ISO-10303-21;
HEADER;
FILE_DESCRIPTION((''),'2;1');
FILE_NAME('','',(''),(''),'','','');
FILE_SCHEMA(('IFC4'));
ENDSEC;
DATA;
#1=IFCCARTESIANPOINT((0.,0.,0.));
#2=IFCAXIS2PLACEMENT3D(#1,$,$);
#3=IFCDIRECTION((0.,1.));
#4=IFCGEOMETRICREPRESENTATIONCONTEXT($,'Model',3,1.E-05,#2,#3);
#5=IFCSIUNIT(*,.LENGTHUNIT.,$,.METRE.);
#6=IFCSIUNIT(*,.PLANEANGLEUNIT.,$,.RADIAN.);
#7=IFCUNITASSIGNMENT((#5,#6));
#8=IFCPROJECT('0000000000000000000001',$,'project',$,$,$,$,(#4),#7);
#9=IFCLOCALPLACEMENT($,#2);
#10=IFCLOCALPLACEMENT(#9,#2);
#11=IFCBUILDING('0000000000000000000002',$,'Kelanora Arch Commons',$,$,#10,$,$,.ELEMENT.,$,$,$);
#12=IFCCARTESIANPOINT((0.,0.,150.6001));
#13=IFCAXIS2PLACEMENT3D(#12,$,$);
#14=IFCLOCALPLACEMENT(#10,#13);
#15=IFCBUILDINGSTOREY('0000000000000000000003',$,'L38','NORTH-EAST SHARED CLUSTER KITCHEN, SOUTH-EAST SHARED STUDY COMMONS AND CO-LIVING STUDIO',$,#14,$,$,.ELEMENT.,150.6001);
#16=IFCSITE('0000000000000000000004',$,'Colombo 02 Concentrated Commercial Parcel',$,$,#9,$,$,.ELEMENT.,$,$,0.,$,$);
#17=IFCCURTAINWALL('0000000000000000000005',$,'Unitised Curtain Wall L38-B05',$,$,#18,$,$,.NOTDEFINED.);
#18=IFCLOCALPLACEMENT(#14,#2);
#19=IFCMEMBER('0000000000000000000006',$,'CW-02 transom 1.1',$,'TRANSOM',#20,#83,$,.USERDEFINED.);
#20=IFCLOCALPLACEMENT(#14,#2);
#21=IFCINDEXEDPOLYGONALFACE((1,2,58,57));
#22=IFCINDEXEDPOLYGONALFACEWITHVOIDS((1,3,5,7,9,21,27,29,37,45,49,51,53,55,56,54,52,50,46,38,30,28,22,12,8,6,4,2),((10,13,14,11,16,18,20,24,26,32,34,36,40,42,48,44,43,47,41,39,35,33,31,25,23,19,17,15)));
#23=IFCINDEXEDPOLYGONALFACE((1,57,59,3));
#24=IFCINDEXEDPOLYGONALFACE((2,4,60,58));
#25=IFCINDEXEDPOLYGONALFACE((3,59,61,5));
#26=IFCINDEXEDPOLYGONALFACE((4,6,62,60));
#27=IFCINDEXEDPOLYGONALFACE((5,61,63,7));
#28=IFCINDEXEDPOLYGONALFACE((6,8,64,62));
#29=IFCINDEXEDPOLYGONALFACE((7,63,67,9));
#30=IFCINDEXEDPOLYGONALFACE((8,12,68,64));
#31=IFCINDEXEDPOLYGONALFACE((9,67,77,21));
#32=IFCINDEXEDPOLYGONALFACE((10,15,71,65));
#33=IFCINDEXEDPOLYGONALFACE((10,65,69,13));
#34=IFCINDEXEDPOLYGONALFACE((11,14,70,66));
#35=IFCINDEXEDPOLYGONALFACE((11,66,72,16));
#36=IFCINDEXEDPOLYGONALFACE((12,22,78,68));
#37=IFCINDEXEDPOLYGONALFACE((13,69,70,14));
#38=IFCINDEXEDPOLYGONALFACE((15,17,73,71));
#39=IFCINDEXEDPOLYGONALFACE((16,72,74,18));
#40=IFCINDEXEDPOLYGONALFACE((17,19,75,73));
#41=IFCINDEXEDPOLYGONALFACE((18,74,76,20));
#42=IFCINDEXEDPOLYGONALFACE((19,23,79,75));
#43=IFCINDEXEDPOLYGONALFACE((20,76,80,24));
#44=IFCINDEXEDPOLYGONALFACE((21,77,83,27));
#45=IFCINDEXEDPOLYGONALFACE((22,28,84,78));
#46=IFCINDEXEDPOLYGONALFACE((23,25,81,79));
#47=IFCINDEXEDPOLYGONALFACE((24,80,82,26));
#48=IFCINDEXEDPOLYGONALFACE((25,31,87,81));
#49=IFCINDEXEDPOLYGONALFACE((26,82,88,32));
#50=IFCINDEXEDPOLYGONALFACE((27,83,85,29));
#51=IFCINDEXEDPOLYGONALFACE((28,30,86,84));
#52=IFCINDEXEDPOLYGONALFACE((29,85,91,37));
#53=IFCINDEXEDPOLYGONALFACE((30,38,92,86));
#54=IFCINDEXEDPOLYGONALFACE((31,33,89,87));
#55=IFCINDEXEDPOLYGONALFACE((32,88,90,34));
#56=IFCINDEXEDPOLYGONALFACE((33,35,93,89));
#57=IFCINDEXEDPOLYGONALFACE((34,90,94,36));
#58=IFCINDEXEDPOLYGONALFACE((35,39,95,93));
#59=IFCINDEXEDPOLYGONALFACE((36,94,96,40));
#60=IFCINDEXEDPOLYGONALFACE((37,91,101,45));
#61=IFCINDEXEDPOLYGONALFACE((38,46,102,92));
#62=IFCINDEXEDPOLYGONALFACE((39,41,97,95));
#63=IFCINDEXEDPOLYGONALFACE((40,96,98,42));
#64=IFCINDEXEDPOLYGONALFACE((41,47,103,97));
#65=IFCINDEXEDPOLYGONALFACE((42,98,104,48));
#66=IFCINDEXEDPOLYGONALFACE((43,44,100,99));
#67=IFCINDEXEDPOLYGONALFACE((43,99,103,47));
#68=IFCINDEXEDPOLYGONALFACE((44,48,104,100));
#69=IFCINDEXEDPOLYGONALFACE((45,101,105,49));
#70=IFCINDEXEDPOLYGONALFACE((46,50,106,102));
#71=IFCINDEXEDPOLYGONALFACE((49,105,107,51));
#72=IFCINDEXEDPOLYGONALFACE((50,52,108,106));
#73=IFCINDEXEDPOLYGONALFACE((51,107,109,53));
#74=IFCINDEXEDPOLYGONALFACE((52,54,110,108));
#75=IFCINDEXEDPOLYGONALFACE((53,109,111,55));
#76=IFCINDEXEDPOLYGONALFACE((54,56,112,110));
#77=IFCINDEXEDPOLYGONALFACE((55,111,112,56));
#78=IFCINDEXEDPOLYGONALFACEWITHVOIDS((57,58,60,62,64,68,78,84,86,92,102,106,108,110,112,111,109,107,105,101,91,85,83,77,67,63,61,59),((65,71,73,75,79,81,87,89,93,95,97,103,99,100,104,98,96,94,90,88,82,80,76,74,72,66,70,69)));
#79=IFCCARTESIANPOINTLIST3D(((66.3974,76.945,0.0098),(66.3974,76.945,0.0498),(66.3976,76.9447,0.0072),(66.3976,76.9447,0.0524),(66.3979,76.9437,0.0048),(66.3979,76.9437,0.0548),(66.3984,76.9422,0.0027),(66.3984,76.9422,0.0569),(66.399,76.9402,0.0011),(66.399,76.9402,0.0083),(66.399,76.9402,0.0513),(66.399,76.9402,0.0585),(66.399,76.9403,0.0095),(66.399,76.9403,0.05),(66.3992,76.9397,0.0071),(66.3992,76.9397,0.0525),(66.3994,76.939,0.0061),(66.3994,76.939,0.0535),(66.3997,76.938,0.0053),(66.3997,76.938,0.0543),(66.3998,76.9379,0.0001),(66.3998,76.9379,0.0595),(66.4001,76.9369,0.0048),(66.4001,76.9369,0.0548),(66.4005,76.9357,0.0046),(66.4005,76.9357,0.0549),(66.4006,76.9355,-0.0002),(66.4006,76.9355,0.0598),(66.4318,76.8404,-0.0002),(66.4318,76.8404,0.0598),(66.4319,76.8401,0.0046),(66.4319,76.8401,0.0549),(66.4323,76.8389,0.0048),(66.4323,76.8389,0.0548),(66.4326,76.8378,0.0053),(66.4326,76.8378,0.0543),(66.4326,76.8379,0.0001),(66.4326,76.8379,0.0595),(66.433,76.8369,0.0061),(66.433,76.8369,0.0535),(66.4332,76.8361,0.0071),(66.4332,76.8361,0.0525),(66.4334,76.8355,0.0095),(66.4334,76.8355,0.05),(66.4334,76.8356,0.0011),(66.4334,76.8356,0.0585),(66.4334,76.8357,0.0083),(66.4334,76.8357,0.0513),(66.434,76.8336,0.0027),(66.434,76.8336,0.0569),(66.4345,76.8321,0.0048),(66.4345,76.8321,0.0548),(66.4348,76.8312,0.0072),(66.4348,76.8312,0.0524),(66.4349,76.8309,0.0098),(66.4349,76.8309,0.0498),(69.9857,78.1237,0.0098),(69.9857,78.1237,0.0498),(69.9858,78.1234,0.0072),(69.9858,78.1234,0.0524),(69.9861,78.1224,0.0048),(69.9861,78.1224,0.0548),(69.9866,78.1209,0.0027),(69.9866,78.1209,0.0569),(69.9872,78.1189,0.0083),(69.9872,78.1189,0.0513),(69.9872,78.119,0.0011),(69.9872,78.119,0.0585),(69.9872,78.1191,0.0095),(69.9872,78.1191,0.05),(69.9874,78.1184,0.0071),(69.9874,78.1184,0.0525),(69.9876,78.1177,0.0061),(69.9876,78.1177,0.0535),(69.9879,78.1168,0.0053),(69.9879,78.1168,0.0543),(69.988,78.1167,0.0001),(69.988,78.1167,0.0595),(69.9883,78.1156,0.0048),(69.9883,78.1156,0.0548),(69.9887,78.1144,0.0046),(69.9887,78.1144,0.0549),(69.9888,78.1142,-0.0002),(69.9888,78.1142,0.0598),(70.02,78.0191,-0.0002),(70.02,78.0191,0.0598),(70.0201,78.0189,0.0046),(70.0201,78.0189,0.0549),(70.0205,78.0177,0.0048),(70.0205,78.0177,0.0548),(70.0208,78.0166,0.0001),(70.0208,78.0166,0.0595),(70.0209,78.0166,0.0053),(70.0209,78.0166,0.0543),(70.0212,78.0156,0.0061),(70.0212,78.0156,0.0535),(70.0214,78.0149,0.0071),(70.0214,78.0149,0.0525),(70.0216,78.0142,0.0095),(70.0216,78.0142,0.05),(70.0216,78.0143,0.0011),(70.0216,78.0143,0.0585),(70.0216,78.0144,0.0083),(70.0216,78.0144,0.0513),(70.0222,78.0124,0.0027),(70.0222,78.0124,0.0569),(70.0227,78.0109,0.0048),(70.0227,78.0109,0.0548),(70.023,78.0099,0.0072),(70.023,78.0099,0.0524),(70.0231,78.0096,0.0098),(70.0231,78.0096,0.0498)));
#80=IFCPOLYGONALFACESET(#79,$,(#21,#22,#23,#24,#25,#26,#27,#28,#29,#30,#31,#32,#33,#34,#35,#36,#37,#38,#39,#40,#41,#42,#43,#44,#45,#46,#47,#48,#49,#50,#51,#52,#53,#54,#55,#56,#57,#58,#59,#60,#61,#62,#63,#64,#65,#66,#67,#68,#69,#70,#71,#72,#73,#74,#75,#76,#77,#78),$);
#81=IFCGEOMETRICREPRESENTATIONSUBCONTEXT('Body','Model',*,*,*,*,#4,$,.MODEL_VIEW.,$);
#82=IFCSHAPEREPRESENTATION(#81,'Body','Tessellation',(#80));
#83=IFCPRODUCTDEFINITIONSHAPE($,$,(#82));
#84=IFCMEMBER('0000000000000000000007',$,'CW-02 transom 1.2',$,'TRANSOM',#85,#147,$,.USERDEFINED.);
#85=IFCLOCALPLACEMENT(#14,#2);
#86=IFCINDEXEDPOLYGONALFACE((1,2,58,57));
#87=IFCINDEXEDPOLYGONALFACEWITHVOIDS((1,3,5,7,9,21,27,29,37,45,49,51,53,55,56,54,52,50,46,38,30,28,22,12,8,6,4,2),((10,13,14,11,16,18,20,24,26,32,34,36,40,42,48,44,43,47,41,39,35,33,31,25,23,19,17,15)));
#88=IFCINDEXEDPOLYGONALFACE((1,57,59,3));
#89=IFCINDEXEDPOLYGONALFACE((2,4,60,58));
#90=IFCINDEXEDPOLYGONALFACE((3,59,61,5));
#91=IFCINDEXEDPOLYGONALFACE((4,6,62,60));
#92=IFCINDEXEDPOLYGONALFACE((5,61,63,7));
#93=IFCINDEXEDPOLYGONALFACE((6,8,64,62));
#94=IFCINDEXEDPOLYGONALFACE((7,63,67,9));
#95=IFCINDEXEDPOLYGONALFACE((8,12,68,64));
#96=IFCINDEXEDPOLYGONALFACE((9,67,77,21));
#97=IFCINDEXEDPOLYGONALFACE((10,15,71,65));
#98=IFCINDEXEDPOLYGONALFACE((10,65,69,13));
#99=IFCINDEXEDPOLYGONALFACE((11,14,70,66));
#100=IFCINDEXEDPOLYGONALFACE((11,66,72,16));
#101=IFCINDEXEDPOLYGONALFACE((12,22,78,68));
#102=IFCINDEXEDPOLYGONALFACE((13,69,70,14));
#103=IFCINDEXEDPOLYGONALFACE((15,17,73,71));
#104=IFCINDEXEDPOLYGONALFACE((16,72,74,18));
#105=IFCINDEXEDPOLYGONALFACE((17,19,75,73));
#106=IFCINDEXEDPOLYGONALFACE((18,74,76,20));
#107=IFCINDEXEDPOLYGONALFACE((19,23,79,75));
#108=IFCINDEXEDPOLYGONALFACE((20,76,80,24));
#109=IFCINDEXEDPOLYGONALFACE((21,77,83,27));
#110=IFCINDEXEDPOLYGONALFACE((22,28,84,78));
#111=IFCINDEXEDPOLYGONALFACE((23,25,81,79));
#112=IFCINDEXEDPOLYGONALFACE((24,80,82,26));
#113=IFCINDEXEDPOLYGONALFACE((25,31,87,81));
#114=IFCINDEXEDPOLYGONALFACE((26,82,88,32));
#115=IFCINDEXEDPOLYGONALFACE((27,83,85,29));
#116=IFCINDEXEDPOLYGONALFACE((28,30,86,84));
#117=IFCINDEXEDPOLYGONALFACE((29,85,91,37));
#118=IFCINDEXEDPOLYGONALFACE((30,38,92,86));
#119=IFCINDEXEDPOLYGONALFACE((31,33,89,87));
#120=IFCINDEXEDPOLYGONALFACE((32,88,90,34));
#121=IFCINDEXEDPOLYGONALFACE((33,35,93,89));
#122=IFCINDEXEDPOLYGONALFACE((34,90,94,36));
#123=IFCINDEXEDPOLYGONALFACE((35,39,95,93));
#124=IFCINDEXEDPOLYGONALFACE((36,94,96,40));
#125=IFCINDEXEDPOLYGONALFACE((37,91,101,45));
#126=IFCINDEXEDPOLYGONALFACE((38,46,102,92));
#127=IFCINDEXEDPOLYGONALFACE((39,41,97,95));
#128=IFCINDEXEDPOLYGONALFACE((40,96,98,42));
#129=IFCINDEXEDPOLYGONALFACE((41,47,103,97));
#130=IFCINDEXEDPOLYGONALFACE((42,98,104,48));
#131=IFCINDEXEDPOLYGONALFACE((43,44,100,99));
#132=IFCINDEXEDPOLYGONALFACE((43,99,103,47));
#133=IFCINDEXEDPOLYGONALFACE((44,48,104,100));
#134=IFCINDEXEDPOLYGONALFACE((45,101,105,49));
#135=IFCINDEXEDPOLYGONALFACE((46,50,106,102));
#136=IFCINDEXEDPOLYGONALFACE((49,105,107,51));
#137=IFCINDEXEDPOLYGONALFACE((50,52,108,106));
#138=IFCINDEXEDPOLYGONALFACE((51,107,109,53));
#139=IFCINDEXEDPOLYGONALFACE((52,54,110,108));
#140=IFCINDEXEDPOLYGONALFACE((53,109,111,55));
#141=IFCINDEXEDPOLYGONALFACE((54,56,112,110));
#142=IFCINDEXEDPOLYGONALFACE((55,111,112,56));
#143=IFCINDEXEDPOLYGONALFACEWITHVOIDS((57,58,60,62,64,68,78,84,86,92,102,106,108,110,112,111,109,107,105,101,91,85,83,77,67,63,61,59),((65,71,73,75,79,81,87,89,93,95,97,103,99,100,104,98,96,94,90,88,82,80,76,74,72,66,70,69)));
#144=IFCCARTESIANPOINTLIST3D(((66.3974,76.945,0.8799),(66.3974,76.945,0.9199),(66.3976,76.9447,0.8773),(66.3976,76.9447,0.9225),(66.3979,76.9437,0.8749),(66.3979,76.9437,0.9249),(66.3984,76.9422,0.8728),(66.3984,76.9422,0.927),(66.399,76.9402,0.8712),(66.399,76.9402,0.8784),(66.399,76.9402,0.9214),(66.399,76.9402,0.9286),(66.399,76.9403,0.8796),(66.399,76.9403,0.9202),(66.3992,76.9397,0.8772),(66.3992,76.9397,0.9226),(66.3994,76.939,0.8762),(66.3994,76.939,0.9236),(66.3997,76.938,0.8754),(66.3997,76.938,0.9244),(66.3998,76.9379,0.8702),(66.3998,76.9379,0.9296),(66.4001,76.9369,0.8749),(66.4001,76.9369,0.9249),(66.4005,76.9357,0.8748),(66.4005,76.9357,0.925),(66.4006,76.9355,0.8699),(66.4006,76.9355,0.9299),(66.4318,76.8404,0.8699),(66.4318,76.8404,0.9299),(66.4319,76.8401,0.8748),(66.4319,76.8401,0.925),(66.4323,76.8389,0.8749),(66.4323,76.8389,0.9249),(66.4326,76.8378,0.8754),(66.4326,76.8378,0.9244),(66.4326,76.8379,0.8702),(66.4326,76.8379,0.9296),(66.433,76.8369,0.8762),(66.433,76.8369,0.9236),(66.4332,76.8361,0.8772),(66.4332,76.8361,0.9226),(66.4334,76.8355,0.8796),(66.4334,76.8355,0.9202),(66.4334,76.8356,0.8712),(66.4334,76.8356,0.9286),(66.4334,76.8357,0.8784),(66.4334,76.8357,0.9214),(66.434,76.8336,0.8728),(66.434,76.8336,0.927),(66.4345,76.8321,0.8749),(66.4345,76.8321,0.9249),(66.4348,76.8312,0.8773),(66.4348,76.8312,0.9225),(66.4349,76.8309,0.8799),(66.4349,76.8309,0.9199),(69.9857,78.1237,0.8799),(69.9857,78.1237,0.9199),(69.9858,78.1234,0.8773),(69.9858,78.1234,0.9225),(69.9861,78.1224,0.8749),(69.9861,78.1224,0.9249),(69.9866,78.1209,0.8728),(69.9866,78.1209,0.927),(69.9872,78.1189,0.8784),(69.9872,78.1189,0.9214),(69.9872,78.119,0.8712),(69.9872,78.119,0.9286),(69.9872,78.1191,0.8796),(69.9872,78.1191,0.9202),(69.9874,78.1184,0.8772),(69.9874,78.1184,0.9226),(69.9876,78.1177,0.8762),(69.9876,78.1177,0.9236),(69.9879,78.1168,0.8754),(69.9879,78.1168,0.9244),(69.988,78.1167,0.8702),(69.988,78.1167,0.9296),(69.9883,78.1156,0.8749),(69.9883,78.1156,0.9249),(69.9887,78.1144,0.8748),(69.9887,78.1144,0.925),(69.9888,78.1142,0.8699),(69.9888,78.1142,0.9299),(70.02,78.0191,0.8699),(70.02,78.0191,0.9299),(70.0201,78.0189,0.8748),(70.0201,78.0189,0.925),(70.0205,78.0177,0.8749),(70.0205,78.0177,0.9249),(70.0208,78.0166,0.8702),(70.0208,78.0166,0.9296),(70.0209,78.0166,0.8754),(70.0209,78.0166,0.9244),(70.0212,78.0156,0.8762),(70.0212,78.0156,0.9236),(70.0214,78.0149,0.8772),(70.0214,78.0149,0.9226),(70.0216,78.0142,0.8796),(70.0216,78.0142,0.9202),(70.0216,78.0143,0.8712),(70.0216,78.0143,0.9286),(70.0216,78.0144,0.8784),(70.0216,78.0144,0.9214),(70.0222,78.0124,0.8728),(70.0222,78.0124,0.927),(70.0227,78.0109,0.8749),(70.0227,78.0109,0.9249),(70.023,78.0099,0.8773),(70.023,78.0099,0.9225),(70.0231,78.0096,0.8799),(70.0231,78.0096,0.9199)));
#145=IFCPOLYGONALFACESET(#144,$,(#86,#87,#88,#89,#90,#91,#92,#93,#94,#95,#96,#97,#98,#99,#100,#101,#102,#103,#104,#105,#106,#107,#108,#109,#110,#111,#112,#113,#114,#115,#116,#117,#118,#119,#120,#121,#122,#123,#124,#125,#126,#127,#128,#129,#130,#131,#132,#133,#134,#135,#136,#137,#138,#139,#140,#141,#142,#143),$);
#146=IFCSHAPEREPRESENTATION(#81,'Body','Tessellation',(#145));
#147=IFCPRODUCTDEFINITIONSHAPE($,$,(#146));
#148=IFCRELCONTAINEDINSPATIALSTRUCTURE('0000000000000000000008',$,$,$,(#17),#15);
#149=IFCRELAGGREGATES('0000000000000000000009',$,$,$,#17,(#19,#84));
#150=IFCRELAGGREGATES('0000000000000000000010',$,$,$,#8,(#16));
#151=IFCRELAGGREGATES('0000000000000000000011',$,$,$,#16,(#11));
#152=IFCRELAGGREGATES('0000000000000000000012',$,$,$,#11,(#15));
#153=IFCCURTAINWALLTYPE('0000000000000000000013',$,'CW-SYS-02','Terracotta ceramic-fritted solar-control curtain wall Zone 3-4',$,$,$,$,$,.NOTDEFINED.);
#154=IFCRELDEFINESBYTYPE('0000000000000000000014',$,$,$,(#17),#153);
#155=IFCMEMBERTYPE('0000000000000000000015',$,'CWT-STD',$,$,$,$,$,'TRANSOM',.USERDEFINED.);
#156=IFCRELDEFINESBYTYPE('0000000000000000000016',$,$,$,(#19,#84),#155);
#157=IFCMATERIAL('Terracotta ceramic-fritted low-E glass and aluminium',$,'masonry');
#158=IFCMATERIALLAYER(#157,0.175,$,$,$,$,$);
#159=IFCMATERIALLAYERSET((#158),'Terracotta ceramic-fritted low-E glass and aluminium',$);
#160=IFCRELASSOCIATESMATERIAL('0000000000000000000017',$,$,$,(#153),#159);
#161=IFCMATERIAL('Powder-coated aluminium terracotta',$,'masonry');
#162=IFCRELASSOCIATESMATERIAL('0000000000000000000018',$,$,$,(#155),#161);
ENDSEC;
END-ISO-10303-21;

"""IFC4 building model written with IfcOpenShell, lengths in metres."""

from ifc_helpers import new_model, si_unit, direction, frame, origin, origin_2d, place, context, subcontext, project, spatial, hollow_rectangle, extrude, material, layer, layer_set, material_profile, profile_set, type_object, element, aggregate, save


model = new_model("IFC4")

# Units and contexts
model_context = context("Model", 3, precision=1e-05, world=origin(), true_north=direction((0.0, 1.0)))
body_context = subcontext(model_context, "Body", "Model", "MODEL_VIEW")
ifc_project = project(units=[si_unit("LENGTHUNIT", "METRE"), si_unit("PLANEANGLEUNIT", "RADIAN")], contexts=[model_context])

# Site, building, storey
site_placement = place(None, origin())
site = spatial("IfcSite", under=ifc_project, at=site_placement, Name="Colombo 02 Concentrated Commercial Parcel", CompositionType="ELEMENT", RefElevation=0.0)
building_placement = place(site_placement, origin())
building = spatial("IfcBuilding", under=site, at=building_placement, Name="Kelanora Arch Commons", CompositionType="ELEMENT")
storey_placement = place(building_placement, frame((0.0, 0.0, 150.6001)))
storey = spatial("IfcBuildingStorey", under=building, at=storey_placement, Name="L38", Description="NORTH-EAST SHARED CLUSTER KITCHEN, SOUTH-EAST SHARED STUDY COMMONS AND CO-LIVING STUDIO", CompositionType="ELEMENT", Elevation=150.6001)

# Curtain wall, members
ifc_material_1 = material(Name="Terracotta ceramic-fritted low-E glass and aluminium", Category="masonry")
ifc_layer_1 = layer(ifc_material_1, 0.175)
ifc_layer_set_1 = layer_set([ifc_layer_1], Name="Terracotta ceramic-fritted low-E glass and aluminium")
curtain_wall_type = type_object("IfcCurtainWallType", Name="CW-SYS-02", Description="Terracotta ceramic-fritted solar-control curtain wall Zone 3-4", PredefinedType="NOTDEFINED", material=ifc_layer_set_1)
curtain_wall_placement = place(storey_placement, origin())
curtain_wall = element("IfcCurtainWall", 1, at=curtain_wall_placement, inside=storey, type_object=curtain_wall_type, Name="Unitised Curtain Wall L38-B05", PredefinedType="NOTDEFINED")
ifc_material_2 = material(Name="Powder-coated aluminium terracotta", Category="masonry")
ifc_material_profile_1 = material_profile(ifc_material_2, hollow_rectangle(XDim=0.1201, YDim=0.0601, WallThickness=0.0049, InnerFilletRadius=0.0049, OuterFilletRadius=0.01, at=origin_2d()), Name="CWT120x60")
ifc_profile_set_1 = profile_set([ifc_material_profile_1], Name="Powder-coated aluminium terracotta")
member_type_1 = type_object("IfcMemberType", Name="CWT-STD", ElementType="TRANSOM", PredefinedType="USERDEFINED", material=ifc_profile_set_1)
member_1_placement = place(storey_placement, frame((70.0044, 78.0667, 0.0298), z_axis=(-0.950051, -0.312094, 0.0), x_axis=(0.312094, -0.950051, 0.0)))
member_1 = element("IfcMember", 2, at=member_1_placement, type_object=member_type_1, Name="CW-02 transom 1.1", ObjectType="TRANSOM", PredefinedType="USERDEFINED", context=body_context, shape_type="SweptSolid", body=[
    extrude(hollow_rectangle(XDim=0.1201, YDim=0.0601, WallThickness=0.0049, InnerFilletRadius=0.0049, OuterFilletRadius=0.01, at=origin_2d()), origin(), (0.0, 0.0, 1.0), 3.7769),
])
member_2_placement = place(storey_placement, frame((70.0044, 78.0667, 0.8999), z_axis=(-0.950051, -0.312094, 0.0), x_axis=(0.312094, -0.950051, 0.0)))
member_2 = element("IfcMember", 3, at=member_2_placement, type_object=member_type_1, Name="CW-02 transom 1.2", ObjectType="TRANSOM", PredefinedType="USERDEFINED", context=body_context, shape_type="SweptSolid", body=[
    extrude(hollow_rectangle(XDim=0.1201, YDim=0.0601, WallThickness=0.0049, InnerFilletRadius=0.0049, OuterFilletRadius=0.01, at=origin_2d()), origin(), (0.0, 0.0, 1.0), 3.7769),
])
aggregate(curtain_wall, [member_1, member_2])

save(model, "model.ifc")
